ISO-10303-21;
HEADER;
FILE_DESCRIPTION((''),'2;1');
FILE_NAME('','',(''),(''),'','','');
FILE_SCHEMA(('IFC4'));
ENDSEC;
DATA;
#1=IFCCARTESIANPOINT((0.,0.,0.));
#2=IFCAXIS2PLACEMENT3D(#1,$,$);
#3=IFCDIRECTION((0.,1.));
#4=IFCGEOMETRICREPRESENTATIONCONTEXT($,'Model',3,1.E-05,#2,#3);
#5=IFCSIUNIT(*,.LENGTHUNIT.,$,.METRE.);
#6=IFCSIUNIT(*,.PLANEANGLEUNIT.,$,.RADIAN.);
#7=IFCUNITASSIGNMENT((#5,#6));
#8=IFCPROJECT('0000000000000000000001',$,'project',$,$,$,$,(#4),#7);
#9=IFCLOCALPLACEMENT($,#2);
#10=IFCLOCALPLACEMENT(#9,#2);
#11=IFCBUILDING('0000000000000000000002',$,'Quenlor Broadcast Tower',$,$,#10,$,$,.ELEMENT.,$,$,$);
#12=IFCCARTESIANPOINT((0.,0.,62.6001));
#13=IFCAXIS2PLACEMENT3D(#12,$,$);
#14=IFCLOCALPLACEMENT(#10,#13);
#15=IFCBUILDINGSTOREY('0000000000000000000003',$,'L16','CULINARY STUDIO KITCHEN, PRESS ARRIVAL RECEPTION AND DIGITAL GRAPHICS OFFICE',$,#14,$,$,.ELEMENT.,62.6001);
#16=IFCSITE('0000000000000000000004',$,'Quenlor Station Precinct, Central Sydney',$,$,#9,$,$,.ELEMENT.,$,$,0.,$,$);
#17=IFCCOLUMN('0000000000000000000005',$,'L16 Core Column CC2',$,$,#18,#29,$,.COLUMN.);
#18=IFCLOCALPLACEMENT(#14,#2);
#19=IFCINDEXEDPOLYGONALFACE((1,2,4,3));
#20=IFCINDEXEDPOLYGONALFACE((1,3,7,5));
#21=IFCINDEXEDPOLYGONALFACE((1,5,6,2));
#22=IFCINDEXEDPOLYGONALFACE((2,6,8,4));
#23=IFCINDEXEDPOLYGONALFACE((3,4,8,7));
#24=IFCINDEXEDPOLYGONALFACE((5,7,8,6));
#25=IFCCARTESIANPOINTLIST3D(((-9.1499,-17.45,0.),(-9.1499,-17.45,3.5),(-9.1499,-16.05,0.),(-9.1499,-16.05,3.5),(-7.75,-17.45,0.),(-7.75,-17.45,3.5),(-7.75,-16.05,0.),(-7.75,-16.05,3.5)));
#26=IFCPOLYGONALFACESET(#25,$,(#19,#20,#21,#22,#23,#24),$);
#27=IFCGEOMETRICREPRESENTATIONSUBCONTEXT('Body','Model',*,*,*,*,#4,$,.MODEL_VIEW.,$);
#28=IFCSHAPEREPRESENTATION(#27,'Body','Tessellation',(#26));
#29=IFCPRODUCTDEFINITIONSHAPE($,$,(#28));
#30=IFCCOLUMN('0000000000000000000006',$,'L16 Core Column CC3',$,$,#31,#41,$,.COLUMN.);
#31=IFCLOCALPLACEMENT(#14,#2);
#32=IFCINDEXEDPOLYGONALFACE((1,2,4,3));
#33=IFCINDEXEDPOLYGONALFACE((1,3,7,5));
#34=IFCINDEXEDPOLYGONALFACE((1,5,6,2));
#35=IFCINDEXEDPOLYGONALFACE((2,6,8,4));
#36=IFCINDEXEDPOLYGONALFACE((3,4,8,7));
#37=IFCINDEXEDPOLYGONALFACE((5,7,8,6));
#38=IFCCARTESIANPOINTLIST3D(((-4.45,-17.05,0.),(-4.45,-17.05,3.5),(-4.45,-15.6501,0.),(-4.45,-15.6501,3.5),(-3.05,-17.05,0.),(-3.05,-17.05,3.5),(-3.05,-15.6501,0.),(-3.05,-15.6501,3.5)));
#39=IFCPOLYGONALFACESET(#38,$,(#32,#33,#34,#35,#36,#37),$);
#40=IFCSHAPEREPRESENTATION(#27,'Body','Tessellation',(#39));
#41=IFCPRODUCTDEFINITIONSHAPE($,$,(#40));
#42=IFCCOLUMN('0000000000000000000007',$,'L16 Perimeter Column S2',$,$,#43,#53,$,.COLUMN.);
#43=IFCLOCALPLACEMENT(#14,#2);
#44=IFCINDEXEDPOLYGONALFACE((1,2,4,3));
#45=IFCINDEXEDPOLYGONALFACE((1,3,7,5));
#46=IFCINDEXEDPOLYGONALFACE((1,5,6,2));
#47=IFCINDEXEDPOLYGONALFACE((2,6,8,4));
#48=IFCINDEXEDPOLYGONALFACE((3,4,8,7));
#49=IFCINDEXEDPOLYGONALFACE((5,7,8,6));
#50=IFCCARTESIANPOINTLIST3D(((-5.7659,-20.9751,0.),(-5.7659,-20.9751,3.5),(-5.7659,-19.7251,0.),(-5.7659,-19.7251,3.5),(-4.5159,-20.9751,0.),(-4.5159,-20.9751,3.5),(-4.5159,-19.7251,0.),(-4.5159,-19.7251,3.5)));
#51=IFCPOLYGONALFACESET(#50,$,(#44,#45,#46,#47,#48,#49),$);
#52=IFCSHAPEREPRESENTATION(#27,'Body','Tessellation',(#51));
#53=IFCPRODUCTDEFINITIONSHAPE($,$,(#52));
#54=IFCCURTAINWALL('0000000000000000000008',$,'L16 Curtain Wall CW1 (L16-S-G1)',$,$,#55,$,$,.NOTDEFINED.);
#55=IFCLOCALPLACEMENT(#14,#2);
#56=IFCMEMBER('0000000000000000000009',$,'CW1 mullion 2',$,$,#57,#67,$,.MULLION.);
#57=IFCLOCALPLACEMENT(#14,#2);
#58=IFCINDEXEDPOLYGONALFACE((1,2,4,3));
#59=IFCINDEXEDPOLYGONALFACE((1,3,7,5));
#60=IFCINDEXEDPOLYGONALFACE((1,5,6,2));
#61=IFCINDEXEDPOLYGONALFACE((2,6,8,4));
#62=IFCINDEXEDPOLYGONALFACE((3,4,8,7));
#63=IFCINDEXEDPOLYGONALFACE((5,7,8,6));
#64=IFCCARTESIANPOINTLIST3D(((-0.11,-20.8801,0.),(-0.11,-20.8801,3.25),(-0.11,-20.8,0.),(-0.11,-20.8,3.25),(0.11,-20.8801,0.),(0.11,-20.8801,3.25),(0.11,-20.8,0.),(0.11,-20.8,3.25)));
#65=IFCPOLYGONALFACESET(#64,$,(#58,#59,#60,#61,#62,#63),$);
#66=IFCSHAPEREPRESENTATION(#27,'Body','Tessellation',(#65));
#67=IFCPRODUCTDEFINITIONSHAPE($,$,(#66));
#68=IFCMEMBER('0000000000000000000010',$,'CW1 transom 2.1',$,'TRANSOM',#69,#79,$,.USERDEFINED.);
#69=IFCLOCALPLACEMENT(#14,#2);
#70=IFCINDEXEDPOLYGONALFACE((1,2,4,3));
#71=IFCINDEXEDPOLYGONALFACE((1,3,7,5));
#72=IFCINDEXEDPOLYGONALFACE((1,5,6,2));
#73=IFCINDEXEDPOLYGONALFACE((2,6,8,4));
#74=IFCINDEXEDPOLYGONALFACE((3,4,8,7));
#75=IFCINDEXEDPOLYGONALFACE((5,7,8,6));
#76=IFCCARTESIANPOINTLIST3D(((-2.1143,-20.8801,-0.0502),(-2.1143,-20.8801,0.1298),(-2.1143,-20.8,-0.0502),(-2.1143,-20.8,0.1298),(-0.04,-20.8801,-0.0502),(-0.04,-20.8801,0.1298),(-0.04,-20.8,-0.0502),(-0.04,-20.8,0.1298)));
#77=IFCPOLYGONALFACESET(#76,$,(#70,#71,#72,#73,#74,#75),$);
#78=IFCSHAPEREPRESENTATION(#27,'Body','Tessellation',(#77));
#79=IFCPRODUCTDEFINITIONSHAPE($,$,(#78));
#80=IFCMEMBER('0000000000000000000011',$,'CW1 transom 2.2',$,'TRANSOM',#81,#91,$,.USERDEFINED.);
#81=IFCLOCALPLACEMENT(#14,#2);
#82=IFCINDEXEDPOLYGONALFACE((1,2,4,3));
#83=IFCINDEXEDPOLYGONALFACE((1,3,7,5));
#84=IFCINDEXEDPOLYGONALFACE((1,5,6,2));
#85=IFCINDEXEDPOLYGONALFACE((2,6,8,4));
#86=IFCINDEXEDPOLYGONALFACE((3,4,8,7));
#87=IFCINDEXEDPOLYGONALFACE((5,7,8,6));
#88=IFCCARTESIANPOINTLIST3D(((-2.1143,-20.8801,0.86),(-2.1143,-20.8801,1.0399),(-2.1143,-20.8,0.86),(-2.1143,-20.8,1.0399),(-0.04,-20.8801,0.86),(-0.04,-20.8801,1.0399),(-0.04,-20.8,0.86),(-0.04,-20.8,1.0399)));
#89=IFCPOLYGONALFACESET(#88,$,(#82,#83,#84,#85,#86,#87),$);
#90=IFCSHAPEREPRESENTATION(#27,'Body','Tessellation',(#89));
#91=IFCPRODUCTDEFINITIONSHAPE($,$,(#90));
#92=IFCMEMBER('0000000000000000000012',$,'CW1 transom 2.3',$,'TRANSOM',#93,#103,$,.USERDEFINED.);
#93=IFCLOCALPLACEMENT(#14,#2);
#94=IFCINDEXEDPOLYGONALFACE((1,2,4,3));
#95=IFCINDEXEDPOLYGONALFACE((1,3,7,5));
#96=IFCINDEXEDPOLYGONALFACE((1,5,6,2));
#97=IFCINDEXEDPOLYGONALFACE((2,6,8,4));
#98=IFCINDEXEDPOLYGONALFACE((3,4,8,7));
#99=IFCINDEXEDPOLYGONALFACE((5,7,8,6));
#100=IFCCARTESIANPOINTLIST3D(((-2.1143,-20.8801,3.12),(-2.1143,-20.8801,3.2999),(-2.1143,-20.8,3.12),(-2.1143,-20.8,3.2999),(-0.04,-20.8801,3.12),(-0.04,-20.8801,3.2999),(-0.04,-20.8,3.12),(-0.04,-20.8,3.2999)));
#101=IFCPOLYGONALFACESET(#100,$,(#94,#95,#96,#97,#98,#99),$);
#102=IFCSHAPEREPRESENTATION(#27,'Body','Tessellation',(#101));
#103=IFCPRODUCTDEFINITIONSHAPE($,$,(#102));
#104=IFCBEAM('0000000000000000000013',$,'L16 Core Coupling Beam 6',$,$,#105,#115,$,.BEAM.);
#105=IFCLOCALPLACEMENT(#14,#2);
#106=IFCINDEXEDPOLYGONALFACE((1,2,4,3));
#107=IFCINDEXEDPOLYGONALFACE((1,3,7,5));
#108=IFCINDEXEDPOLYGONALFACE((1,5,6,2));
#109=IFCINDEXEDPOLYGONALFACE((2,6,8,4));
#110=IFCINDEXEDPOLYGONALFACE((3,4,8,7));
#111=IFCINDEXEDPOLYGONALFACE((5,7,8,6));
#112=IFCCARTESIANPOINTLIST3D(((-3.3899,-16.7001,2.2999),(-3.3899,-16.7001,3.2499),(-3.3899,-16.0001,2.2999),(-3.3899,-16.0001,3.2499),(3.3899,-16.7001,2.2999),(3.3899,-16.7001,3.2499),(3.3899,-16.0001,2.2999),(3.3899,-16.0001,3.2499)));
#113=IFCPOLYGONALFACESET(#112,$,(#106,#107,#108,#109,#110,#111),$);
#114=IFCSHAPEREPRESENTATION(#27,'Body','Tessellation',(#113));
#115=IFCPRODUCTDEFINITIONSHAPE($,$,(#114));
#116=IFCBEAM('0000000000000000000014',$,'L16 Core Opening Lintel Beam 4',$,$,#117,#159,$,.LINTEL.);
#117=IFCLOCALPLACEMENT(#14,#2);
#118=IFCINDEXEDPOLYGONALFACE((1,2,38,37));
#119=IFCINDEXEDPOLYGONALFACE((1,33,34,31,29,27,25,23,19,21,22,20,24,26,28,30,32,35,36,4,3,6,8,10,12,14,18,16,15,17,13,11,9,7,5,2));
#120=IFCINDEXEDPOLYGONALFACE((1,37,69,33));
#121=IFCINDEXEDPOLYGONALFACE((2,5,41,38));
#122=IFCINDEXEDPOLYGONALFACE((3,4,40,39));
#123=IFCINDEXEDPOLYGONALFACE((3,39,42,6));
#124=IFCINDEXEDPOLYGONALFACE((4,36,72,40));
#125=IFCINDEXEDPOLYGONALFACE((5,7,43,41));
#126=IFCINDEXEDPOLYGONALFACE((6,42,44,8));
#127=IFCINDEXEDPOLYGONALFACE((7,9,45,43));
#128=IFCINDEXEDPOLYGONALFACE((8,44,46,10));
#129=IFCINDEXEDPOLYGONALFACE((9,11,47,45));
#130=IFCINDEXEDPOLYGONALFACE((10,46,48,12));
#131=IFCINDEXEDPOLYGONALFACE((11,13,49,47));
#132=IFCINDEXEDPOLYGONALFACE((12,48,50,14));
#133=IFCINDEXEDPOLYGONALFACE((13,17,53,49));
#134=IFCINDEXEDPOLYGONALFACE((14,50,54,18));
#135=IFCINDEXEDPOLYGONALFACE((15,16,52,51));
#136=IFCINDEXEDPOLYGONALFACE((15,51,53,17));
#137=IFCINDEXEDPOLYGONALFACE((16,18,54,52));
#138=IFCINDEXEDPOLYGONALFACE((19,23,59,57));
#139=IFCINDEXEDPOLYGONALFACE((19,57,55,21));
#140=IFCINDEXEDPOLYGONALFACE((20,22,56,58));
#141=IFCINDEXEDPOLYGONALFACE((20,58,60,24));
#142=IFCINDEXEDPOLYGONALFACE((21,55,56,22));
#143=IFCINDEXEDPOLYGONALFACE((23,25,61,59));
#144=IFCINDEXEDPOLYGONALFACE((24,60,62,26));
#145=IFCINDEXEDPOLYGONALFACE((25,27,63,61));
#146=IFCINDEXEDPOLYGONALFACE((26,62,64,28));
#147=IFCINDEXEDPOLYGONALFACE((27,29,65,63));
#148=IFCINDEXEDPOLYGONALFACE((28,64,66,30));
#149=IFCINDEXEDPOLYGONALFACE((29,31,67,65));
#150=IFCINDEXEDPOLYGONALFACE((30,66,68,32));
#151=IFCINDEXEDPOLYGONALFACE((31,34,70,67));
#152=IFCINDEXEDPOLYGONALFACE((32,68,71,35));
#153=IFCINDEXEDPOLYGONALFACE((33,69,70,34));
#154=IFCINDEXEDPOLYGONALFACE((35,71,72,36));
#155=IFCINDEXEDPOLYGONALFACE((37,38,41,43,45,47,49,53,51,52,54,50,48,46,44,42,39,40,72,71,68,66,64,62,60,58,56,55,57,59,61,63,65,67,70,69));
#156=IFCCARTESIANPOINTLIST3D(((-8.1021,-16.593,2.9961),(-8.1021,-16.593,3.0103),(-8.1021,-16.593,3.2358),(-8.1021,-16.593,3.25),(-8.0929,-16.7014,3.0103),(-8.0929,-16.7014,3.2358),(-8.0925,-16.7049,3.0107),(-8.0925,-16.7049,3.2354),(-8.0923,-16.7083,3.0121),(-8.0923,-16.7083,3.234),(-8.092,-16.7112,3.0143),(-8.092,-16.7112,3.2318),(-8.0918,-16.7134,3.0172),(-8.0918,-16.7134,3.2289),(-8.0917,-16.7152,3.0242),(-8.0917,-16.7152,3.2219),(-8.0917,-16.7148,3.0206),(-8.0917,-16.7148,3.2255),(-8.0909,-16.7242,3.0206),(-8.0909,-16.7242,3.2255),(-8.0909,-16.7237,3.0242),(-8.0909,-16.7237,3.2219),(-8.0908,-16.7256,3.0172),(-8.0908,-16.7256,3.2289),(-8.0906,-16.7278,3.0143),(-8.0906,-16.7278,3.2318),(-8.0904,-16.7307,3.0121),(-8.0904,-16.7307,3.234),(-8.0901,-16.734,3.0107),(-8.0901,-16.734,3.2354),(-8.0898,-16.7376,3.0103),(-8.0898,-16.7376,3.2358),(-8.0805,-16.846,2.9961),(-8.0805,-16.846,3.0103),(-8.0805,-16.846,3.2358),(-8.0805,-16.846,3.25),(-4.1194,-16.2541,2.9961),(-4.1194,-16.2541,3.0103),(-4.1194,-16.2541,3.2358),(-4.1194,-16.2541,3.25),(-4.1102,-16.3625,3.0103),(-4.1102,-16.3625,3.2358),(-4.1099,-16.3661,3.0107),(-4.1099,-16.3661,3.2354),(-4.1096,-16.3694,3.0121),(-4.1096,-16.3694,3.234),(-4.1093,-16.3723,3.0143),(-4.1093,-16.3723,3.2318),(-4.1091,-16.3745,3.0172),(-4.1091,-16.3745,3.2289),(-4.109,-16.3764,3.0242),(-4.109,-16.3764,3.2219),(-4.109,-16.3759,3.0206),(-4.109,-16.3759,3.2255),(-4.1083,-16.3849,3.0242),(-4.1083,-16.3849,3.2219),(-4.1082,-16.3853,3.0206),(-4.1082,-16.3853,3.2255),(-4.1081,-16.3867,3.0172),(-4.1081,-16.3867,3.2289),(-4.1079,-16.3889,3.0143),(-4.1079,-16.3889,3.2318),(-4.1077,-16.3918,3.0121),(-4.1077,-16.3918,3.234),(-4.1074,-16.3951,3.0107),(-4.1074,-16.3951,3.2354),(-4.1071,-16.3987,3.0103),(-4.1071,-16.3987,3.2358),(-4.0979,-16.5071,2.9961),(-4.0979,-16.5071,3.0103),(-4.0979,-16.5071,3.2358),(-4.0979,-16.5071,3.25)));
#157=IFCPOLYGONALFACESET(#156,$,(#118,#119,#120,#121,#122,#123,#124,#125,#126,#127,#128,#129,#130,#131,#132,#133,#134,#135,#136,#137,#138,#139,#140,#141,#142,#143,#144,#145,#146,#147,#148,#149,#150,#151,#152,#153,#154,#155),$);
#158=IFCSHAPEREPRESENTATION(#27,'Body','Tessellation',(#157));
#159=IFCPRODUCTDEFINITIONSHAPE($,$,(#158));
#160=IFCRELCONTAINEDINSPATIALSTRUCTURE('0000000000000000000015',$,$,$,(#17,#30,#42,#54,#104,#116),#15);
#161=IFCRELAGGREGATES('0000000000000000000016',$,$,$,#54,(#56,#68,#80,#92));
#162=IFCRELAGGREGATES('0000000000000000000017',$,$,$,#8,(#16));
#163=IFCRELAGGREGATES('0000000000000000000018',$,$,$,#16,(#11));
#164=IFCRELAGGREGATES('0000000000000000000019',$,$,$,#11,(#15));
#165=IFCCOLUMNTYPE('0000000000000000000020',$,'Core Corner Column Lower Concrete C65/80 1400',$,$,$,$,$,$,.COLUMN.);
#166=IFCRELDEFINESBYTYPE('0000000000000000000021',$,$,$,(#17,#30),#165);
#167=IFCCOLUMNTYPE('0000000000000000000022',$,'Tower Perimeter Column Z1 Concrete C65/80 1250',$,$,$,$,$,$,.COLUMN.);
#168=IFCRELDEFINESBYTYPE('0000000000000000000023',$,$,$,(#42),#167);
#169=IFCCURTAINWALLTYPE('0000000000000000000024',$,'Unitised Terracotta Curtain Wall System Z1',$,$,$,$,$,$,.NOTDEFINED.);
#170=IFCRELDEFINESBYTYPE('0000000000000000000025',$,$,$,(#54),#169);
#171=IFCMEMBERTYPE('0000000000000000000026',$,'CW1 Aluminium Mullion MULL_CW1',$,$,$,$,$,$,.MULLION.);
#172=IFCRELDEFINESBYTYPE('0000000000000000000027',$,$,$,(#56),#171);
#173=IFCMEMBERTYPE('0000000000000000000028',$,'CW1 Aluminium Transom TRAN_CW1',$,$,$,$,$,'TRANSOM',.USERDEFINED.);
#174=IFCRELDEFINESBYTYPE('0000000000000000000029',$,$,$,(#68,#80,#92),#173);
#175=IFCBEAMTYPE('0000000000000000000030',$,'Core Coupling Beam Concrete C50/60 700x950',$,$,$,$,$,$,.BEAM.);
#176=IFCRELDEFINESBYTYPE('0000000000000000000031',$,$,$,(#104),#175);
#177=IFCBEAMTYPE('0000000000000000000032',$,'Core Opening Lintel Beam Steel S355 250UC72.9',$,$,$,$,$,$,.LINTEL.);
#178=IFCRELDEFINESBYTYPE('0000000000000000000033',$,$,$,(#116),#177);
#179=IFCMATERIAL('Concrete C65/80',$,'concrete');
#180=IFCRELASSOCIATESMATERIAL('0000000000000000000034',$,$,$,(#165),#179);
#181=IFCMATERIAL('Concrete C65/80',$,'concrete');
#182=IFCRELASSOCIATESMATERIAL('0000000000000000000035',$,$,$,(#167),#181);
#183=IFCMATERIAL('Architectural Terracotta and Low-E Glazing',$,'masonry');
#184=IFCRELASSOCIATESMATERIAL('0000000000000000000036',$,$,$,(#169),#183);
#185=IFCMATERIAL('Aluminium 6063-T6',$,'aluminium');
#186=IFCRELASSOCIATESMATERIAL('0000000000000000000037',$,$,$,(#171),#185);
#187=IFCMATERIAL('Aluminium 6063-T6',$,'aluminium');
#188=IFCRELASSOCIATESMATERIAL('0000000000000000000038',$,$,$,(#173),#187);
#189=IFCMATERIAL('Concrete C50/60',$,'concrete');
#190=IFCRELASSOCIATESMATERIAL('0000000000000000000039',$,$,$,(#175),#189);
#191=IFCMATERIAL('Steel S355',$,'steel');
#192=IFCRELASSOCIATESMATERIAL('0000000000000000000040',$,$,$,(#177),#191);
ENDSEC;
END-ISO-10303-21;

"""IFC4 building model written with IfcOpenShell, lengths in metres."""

from ifc_helpers import new_model, si_unit, direction, frame, origin, origin_2d, place, context, subcontext, project, spatial, rectangle, i_section, extrude, material, material_profile, profile_set, type_object, element, aggregate, save


model = new_model("IFC4")

# Units and contexts
model_context = context("Model", 3, precision=1e-05, world=origin(), true_north=direction((0.0, 1.0)))
body_context = subcontext(model_context, "Body", "Model", "MODEL_VIEW")
ifc_project = project(units=[si_unit("LENGTHUNIT", "METRE"), si_unit("PLANEANGLEUNIT", "RADIAN")], contexts=[model_context])

# Site, building, storey
site_placement = place(None, origin())
site = spatial("IfcSite", under=ifc_project, at=site_placement, Name="Quenlor Station Precinct, Central Sydney", CompositionType="ELEMENT", RefElevation=0.0)
building_placement = place(site_placement, origin())
building = spatial("IfcBuilding", under=site, at=building_placement, Name="Quenlor Broadcast Tower", CompositionType="ELEMENT")
storey_placement = place(building_placement, frame((0.0, 0.0, 62.6001)))
storey = spatial("IfcBuildingStorey", under=building, at=storey_placement, Name="L16", Description="CULINARY STUDIO KITCHEN, PRESS ARRIVAL RECEPTION AND DIGITAL GRAPHICS OFFICE", CompositionType="ELEMENT", Elevation=62.6001)

# Columns
ifc_material_1 = material(Name="Concrete C65/80", Category="concrete")
ifc_material_profile_1 = material_profile(ifc_material_1, rectangle(XDim=1.3999, YDim=1.3999, at=origin_2d()))
ifc_profile_set_1 = profile_set([ifc_material_profile_1], Name="Concrete C65/80 RC1400x1400")
column_type_1 = type_object("IfcColumnType", Name="Core Corner Column Lower Concrete C65/80 1400", PredefinedType="COLUMN", material=ifc_profile_set_1)
for number, where, z_axis, x_axis, name in (
    (1, (-8.45, -16.75, 0.0), (0.0, 0.0, 1.0), (1.0, 0.0, 0.0), "L16 Core Column CC2"),
    (2, (-3.75, -16.3501, 0.0), (0.0, 0.0, 1.0), (1.0, 0.0, 0.0), "L16 Core Column CC3"),
):
    element("IfcColumn", number, at=place(storey_placement, frame(where, z_axis=z_axis, x_axis=x_axis)), inside=storey, type_object=column_type_1, Name=name, PredefinedType="COLUMN", context=body_context, shape_type="SweptSolid", body=[
        extrude(rectangle(XDim=1.3999, YDim=1.3999, at=origin_2d()), origin(), (0.0, 0.0, 1.0), 3.5),
    ])
ifc_material_2 = material(Name="Concrete C65/80", Category="concrete")
ifc_material_profile_2 = material_profile(ifc_material_2, rectangle(XDim=1.25, YDim=1.25, at=origin_2d()))
ifc_profile_set_2 = profile_set([ifc_material_profile_2], Name="Concrete C65/80 RC1250x1250")
column_type_2 = type_object("IfcColumnType", Name="Tower Perimeter Column Z1 Concrete C65/80 1250", PredefinedType="COLUMN", material=ifc_profile_set_2)
column_placement = place(storey_placement, frame((-5.1409, -20.3501, 0.0), z_axis=(0.0, 0.0, 1.0), x_axis=(0.0, 1.0, 0.0)))
element("IfcColumn", 3, at=column_placement, inside=storey, type_object=column_type_2, Name="L16 Perimeter Column S2", PredefinedType="COLUMN", context=body_context, shape_type="SweptSolid", body=[
    extrude(rectangle(XDim=1.25, YDim=1.25, at=origin_2d()), origin(), (0.0, 0.0, 1.0), 3.5),
])

# Curtain wall, members
ifc_material_3 = material(Name="Architectural Terracotta and Low-E Glazing", Category="masonry")
curtain_wall_type = type_object("IfcCurtainWallType", Name="Unitised Terracotta Curtain Wall System Z1", PredefinedType="NOTDEFINED", material=ifc_material_3)
curtain_wall_placement = place(storey_placement, origin())
curtain_wall = element("IfcCurtainWall", 4, at=curtain_wall_placement, inside=storey, type_object=curtain_wall_type, Name="L16 Curtain Wall CW1 (L16-S-G1)", PredefinedType="NOTDEFINED")
ifc_material_4 = material(Name="Aluminium 6063-T6", Category="aluminium")
ifc_material_profile_3 = material_profile(ifc_material_4, rectangle(XDim=0.0801, YDim=0.22, at=origin_2d()))
ifc_profile_set_3 = profile_set([ifc_material_profile_3], Name="Aluminium 6063-T6 MULL80x220")
member_type_1 = type_object("IfcMemberType", Name="CW1 Aluminium Mullion MULL_CW1", PredefinedType="MULLION", material=ifc_profile_set_3)
member_1_placement = place(storey_placement, frame((0.0, -20.8401, 0.0), z_axis=(0.0, 0.0, 1.0), x_axis=(0.0, -1.0, 0.0)))
member_1 = element("IfcMember", 5, at=member_1_placement, type_object=member_type_1, Name="CW1 mullion 2", PredefinedType="MULLION", context=body_context, shape_type="SweptSolid", body=[
    extrude(rectangle(XDim=0.0801, YDim=0.22, at=origin_2d()), origin(), (0.0, 0.0, 1.0), 3.25),
])
ifc_material_5 = material(Name="Aluminium 6063-T6", Category="aluminium")
ifc_material_profile_4 = material_profile(ifc_material_5, rectangle(XDim=0.0801, YDim=0.1799, at=origin_2d()))
ifc_profile_set_4 = profile_set([ifc_material_profile_4], Name="Aluminium 6063-T6 TRAN80x180")
member_type_2 = type_object("IfcMemberType", Name="CW1 Aluminium Transom TRAN_CW1", ElementType="TRANSOM", PredefinedType="USERDEFINED", material=ifc_profile_set_4)
member_2_placement = place(storey_placement, frame((-0.04, -20.8401, 0.0398), z_axis=(-1.0, 0.0, 0.0), x_axis=(0.0, -1.0, 0.0)))
member_2 = element("IfcMember", 6, at=member_2_placement, type_object=member_type_2, Name="CW1 transom 2.1", ObjectType="TRANSOM", PredefinedType="USERDEFINED", context=body_context, shape_type="SweptSolid", body=[
    extrude(rectangle(XDim=0.0801, YDim=0.1799, at=origin_2d()), origin(), (0.0, 0.0, 1.0), 2.0742),
])
member_3_placement = place(storey_placement, frame((-0.04, -20.8401, 0.95), z_axis=(-1.0, 0.0, 0.0), x_axis=(0.0, -1.0, 0.0)))
member_3 = element("IfcMember", 7, at=member_3_placement, type_object=member_type_2, Name="CW1 transom 2.2", ObjectType="TRANSOM", PredefinedType="USERDEFINED", context=body_context, shape_type="SweptSolid", body=[
    extrude(rectangle(XDim=0.0801, YDim=0.1799, at=origin_2d()), origin(), (0.0, 0.0, 1.0), 2.0742),
])
member_4_placement = place(storey_placement, frame((-0.04, -20.8401, 3.21), z_axis=(-1.0, 0.0, 0.0), x_axis=(0.0, -1.0, 0.0)))
member_4 = element("IfcMember", 8, at=member_4_placement, type_object=member_type_2, Name="CW1 transom 2.3", ObjectType="TRANSOM", PredefinedType="USERDEFINED", context=body_context, shape_type="SweptSolid", body=[
    extrude(rectangle(XDim=0.0801, YDim=0.1799, at=origin_2d()), origin(), (0.0, 0.0, 1.0), 2.0742),
])
aggregate(curtain_wall, [member_1, member_2, member_3, member_4])

# Beams
ifc_material_6 = material(Name="Concrete C50/60", Category="concrete")
ifc_material_profile_5 = material_profile(ifc_material_6, rectangle(XDim=0.7, YDim=0.95, at=origin_2d()))
ifc_profile_set_5 = profile_set([ifc_material_profile_5], Name="Concrete C50/60 RCB700x950")
beam_type_1 = type_object("IfcBeamType", Name="Core Coupling Beam Concrete C50/60 700x950", PredefinedType="BEAM", material=ifc_profile_set_5)
beam_1_placement = place(storey_placement, frame((-3.3899, -16.3501, 2.7749), z_axis=(1.0, 0.0, 0.0), x_axis=(0.0, 1.0, 0.0)))
element("IfcBeam", 9, at=beam_1_placement, inside=storey, type_object=beam_type_1, Name="L16 Core Coupling Beam 6", PredefinedType="BEAM", context=body_context, shape_type="SweptSolid", body=[
    extrude(rectangle(XDim=0.7, YDim=0.95, at=origin_2d()), origin(), (0.0, 0.0, 1.0), 6.7798),
])
ifc_material_7 = material(Name="Steel S355", Category="steel")
ifc_material_profile_6 = material_profile(ifc_material_7, i_section(OverallWidth=0.2539, OverallDepth=0.2539, WebThickness=0.0085, FlangeThickness=0.0142, FilletRadius=0.0139, at=origin_2d()))
ifc_profile_set_6 = profile_set([ifc_material_profile_6], Name="Steel S355 250UC72.9")
beam_type_2 = type_object("IfcBeamType", Name="Core Opening Lintel Beam Steel S355 250UC72.9", PredefinedType="LINTEL", material=ifc_profile_set_6)
beam_2_placement = place(storey_placement, frame((-8.0913, -16.7195, 3.123), z_axis=(0.9964, 0.084779, 0.0), x_axis=(-0.084779, 0.9964, 0.0)))
element("IfcBeam", 10, at=beam_2_placement, inside=storey, type_object=beam_type_2, Name="L16 Core Opening Lintel Beam 4", PredefinedType="LINTEL", context=body_context, shape_type="SweptSolid", body=[
    extrude(i_section(OverallWidth=0.2539, OverallDepth=0.2539, WebThickness=0.0085, FlangeThickness=0.0142, FilletRadius=0.0139, at=origin_2d()), origin(), (0.0, 0.0, 1.0), 3.9971),
])

save(model, "model.ifc")
